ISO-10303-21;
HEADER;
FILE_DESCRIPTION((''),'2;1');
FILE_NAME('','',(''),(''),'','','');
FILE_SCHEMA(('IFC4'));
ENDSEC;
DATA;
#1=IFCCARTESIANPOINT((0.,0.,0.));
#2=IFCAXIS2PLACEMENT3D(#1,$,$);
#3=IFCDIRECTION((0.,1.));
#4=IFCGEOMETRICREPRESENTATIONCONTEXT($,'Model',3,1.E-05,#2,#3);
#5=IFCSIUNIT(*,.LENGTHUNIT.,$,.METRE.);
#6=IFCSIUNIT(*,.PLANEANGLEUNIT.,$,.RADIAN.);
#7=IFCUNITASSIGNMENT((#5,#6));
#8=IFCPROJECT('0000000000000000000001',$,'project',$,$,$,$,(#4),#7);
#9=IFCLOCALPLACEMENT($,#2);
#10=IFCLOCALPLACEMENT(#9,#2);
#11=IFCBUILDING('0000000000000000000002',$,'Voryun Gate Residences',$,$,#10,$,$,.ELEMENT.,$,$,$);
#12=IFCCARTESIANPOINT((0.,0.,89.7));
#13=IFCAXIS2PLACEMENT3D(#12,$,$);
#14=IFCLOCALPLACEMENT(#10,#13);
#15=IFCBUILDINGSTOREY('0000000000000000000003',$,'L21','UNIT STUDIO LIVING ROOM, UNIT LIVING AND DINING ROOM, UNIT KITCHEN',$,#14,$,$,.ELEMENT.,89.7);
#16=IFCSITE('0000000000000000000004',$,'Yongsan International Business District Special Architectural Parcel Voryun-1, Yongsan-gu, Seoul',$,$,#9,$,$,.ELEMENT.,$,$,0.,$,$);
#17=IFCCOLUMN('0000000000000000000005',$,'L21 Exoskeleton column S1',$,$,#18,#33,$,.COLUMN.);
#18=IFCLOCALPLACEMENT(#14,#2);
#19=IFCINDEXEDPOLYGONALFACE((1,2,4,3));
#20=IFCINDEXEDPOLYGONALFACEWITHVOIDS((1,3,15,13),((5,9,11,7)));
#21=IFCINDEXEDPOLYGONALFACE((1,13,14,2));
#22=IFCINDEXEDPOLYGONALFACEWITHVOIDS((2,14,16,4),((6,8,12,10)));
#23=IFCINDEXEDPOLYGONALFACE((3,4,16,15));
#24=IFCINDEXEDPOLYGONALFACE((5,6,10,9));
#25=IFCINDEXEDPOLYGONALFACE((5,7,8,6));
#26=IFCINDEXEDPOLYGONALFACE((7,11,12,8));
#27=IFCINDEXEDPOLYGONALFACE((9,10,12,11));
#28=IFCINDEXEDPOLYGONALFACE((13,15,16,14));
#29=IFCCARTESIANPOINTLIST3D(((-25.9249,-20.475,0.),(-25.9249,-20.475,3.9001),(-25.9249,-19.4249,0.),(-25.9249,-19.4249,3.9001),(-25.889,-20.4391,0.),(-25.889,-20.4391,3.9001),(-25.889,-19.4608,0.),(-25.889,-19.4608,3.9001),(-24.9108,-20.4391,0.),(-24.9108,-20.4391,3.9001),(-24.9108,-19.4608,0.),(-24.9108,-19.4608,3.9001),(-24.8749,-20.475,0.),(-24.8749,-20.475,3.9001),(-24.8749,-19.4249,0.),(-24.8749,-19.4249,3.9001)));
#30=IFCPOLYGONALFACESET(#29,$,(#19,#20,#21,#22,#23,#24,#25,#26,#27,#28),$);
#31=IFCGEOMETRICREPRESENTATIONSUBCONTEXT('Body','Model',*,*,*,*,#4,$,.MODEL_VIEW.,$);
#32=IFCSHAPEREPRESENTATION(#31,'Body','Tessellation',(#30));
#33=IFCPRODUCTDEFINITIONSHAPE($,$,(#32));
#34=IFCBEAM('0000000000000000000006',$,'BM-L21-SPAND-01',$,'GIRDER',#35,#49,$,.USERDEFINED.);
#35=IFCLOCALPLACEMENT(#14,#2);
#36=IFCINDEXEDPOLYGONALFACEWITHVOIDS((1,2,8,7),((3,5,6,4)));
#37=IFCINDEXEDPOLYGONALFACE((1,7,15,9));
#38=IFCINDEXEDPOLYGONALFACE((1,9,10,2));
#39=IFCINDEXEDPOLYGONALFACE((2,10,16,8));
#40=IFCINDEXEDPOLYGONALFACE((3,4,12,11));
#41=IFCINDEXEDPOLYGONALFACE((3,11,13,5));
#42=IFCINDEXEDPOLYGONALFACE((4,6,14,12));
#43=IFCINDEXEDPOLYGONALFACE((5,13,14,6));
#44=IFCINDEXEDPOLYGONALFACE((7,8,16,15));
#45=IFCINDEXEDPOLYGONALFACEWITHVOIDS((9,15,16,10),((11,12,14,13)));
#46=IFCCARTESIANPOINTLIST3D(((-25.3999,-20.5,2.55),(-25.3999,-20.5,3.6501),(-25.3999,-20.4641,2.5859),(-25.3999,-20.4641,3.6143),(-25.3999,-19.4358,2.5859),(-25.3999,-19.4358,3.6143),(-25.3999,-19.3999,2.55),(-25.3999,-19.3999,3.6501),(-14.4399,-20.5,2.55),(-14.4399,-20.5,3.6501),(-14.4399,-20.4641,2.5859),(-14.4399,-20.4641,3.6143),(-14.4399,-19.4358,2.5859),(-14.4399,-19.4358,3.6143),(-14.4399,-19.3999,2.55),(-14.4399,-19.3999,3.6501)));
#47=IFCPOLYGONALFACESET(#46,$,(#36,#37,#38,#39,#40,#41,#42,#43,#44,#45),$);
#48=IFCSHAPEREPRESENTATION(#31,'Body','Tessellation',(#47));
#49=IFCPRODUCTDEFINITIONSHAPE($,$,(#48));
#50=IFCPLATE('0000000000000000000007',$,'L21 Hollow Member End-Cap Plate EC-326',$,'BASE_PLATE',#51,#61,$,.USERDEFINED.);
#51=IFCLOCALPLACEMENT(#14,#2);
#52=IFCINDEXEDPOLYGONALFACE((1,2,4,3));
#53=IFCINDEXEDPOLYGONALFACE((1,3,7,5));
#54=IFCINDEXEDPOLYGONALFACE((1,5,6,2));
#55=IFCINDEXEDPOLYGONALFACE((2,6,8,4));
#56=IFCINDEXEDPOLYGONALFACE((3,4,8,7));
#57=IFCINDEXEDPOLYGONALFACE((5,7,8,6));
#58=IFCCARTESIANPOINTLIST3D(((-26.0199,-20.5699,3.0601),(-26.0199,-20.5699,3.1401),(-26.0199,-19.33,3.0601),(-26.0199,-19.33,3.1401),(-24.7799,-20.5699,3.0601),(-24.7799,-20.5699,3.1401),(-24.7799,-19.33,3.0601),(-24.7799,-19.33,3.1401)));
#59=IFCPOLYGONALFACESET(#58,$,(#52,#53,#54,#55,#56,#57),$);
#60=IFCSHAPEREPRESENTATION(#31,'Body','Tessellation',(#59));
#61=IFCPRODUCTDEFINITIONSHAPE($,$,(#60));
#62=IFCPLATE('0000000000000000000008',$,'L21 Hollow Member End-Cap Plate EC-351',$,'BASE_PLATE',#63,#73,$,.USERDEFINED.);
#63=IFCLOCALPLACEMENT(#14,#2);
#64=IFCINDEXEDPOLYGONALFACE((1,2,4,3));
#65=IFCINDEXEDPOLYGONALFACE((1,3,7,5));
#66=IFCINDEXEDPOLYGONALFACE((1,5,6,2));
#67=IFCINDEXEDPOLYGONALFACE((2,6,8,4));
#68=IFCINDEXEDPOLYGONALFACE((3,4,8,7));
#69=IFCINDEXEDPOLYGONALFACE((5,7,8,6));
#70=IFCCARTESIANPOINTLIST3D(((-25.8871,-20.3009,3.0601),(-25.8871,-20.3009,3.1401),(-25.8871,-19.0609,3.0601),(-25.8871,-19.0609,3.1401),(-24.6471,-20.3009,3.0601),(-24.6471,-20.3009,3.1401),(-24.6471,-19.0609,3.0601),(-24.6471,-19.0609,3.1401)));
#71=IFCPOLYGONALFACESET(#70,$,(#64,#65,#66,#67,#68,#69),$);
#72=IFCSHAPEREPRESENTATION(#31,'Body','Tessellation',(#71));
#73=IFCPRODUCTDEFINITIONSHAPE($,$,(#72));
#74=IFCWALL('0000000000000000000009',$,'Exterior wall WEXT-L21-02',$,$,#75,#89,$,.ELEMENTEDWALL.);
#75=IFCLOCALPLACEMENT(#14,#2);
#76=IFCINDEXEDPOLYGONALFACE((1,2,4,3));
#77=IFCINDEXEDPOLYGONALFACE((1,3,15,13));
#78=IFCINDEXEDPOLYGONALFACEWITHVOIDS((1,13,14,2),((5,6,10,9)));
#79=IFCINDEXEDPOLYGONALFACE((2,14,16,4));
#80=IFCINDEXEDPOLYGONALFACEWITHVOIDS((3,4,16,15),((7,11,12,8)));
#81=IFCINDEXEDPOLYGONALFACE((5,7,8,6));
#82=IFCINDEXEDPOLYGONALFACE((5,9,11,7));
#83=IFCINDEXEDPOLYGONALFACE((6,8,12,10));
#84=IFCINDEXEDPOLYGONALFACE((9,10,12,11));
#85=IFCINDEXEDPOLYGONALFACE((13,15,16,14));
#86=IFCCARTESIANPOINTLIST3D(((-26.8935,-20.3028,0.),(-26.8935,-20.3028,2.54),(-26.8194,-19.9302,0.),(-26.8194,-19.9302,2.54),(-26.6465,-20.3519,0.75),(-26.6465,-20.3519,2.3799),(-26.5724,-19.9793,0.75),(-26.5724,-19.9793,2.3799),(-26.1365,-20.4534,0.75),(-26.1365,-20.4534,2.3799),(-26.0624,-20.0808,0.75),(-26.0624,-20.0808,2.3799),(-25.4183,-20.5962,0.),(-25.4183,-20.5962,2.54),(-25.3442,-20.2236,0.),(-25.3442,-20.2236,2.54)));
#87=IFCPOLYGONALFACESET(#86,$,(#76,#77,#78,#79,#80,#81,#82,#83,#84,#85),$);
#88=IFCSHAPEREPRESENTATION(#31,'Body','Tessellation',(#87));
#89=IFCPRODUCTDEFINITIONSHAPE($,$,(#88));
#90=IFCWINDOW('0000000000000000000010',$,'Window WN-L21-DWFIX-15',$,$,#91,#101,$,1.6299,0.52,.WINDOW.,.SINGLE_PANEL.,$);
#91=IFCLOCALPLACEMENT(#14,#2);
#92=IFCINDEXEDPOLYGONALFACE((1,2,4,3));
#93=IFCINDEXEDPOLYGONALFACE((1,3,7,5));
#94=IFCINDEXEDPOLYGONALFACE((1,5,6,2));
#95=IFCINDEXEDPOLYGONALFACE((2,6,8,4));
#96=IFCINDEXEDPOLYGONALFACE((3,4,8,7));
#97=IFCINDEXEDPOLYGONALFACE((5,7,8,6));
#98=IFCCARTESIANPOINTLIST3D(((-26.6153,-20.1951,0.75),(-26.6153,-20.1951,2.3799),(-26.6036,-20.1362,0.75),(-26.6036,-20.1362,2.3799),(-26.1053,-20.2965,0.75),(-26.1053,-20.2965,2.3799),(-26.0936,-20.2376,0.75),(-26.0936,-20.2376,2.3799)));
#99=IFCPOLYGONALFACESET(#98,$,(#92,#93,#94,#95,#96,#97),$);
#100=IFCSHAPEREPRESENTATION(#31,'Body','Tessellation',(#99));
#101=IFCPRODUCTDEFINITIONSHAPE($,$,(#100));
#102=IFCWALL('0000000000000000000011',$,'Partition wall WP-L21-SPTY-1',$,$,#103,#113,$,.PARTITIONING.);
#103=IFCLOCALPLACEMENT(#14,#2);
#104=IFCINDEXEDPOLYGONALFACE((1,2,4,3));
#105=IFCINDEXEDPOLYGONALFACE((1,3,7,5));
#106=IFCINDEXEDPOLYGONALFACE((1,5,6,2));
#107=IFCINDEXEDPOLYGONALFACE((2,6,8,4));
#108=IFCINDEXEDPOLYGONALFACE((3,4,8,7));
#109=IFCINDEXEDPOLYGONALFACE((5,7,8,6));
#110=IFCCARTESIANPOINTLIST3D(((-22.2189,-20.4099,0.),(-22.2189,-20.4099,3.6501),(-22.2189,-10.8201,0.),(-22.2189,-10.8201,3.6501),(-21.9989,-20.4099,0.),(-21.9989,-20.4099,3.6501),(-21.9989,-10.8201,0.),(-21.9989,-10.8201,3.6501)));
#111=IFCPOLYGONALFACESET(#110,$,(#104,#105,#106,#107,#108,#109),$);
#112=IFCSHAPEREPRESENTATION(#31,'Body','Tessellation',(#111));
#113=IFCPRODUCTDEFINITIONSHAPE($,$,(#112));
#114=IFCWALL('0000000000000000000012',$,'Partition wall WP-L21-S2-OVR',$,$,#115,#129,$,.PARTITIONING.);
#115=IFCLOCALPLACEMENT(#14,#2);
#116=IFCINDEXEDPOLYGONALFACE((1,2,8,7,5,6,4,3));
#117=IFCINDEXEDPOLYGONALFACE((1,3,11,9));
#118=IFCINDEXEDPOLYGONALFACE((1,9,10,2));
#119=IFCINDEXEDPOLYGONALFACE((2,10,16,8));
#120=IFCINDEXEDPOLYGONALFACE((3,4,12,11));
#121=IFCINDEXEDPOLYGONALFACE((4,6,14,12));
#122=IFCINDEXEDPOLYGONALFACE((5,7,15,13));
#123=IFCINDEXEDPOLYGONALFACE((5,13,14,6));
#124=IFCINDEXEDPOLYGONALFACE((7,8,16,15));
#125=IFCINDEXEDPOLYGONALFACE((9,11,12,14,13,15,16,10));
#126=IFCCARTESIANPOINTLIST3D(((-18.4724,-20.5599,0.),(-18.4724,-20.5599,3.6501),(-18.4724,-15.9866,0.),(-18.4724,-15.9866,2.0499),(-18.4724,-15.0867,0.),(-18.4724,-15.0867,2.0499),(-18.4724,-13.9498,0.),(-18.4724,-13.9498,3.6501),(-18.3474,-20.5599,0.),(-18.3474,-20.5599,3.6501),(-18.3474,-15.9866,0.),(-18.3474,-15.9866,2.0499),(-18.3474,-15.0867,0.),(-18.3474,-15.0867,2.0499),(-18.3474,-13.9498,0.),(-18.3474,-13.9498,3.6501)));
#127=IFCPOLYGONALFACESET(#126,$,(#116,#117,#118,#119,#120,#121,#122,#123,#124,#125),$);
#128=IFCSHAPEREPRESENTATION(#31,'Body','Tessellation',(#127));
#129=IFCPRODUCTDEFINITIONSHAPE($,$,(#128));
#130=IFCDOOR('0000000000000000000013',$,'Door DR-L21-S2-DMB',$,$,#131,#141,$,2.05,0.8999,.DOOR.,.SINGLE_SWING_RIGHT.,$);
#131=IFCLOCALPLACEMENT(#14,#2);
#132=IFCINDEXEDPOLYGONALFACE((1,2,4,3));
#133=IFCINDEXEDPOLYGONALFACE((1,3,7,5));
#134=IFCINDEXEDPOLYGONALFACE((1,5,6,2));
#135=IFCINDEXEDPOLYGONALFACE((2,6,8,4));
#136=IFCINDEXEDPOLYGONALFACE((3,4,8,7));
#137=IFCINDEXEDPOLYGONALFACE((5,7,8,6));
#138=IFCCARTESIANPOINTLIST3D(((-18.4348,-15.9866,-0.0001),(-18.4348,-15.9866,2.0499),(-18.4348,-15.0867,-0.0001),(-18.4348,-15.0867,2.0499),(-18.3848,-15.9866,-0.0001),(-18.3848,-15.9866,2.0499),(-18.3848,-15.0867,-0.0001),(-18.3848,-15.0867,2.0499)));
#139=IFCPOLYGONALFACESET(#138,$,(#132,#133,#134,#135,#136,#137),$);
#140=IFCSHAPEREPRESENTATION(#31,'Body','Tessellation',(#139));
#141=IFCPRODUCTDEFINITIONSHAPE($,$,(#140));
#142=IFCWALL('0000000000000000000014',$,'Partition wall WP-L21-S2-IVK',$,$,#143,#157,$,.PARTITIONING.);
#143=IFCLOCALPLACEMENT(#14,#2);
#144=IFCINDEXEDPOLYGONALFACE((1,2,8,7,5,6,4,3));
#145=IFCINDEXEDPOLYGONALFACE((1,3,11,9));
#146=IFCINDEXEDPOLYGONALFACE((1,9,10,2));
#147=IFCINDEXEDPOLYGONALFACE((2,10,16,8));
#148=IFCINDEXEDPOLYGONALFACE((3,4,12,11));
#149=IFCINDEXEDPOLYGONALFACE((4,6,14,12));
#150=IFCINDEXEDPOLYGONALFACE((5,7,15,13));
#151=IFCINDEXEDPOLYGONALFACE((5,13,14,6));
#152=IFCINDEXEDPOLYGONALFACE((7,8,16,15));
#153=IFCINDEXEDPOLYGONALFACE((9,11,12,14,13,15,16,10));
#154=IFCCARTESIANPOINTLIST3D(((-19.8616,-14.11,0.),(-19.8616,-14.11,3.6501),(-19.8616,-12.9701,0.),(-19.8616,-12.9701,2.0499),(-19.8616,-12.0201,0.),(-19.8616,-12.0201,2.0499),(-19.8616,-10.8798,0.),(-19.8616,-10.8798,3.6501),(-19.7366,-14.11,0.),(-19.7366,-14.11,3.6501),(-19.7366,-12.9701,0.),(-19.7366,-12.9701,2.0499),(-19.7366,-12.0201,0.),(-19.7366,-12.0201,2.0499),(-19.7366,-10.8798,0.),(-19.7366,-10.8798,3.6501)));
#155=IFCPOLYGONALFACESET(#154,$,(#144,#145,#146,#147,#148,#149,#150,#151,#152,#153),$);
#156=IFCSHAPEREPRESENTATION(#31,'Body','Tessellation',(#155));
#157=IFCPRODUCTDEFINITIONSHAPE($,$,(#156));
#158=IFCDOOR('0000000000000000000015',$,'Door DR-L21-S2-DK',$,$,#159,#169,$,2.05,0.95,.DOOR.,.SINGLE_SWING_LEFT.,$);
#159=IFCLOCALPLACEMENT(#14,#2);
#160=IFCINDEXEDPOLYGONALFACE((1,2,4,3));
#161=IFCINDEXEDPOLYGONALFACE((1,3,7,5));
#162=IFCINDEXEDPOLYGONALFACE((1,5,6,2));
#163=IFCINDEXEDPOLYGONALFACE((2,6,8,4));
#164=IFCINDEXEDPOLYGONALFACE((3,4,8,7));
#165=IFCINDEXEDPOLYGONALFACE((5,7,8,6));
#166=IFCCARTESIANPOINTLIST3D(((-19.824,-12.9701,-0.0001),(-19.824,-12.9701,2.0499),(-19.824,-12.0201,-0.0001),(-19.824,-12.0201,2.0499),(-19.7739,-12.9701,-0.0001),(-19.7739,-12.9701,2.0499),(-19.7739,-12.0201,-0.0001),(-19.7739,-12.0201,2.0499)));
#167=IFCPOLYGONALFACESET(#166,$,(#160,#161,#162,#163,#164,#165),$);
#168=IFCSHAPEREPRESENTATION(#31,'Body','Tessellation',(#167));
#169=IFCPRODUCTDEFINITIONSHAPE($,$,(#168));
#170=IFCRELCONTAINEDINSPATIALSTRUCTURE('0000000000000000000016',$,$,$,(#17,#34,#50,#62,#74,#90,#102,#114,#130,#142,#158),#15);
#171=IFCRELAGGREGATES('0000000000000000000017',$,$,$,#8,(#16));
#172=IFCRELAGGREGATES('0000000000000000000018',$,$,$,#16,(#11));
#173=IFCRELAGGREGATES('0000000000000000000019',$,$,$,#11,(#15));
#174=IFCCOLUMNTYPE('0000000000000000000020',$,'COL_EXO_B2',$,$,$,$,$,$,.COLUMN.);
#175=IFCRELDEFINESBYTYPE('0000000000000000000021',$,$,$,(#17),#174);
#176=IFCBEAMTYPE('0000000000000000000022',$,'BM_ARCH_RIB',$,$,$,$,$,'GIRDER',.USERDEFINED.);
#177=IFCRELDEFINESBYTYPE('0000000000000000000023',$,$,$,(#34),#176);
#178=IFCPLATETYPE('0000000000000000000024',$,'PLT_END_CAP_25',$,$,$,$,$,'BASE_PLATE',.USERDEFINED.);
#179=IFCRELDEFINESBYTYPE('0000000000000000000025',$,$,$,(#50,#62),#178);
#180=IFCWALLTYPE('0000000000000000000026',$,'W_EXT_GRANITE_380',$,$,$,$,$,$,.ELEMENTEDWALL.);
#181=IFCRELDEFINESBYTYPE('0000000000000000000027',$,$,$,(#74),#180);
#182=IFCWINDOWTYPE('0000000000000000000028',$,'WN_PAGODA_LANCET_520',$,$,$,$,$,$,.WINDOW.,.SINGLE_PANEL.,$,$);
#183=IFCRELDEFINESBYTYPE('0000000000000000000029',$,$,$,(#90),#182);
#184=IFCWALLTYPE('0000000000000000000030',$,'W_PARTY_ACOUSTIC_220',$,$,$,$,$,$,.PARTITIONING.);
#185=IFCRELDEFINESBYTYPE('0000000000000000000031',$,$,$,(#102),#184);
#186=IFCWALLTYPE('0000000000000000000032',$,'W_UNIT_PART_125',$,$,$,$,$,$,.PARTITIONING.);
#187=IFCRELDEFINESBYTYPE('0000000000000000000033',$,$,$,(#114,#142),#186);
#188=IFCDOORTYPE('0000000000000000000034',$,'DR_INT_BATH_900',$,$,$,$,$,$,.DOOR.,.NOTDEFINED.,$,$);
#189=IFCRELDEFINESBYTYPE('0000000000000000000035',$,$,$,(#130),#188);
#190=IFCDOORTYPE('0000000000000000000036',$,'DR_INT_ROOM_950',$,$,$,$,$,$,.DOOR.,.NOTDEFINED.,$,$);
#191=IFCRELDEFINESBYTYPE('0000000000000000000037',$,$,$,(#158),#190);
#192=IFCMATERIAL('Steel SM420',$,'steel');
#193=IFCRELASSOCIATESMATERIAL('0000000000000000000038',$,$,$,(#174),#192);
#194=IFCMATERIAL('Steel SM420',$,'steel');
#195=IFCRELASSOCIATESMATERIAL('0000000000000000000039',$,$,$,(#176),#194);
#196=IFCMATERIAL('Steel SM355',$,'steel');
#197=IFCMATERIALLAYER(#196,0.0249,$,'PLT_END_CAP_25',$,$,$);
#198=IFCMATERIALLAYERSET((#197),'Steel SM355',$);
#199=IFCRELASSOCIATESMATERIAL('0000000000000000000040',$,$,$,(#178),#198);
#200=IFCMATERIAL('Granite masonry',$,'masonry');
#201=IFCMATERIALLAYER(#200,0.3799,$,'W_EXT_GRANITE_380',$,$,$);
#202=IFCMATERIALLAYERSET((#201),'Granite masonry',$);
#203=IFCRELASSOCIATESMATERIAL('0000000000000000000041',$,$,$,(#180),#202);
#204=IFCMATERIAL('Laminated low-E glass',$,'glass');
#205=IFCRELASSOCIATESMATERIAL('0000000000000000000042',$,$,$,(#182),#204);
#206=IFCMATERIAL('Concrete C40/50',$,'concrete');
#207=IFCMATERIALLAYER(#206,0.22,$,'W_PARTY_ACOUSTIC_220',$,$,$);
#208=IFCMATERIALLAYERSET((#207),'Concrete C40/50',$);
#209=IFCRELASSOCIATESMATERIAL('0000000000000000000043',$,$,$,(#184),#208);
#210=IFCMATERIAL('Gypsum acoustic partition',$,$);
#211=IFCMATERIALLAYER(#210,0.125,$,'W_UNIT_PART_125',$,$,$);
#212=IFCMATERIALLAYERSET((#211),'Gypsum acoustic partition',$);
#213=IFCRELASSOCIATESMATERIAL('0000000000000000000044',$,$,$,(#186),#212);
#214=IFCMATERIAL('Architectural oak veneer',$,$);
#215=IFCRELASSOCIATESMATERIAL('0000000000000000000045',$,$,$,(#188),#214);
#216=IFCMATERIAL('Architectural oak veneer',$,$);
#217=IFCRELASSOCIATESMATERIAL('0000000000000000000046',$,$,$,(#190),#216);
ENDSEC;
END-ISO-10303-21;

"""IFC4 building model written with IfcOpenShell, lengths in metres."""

from ifc_helpers import new_model, si_unit, direction, frame, frame_2d, origin, origin_2d, place, context, subcontext, project, spatial, rectangle, hollow_rectangle, extrude, material, layer, layer_set, material_profile, profile_set, type_object, element, fill, save


model = new_model("IFC4")

# Units and contexts
model_context = context("Model", 3, precision=1e-05, world=origin(), true_north=direction((0.0, 1.0)))
body_context = subcontext(model_context, "Body", "Model", "MODEL_VIEW")
ifc_project = project(units=[si_unit("LENGTHUNIT", "METRE"), si_unit("PLANEANGLEUNIT", "RADIAN")], contexts=[model_context])

# Site, building, storey
site_placement = place(None, origin())
site = spatial("IfcSite", under=ifc_project, at=site_placement, Name="Yongsan International Business District Special Architectural Parcel Voryun-1, Yongsan-gu, Seoul", CompositionType="ELEMENT", RefElevation=0.0)
building_placement = place(site_placement, origin())
building = spatial("IfcBuilding", under=site, at=building_placement, Name="Voryun Gate Residences", CompositionType="ELEMENT")
storey_placement = place(building_placement, frame((0.0, 0.0, 89.7)))
storey = spatial("IfcBuildingStorey", under=building, at=storey_placement, Name="L21", Description="UNIT STUDIO LIVING ROOM, UNIT LIVING AND DINING ROOM, UNIT KITCHEN", CompositionType="ELEMENT", Elevation=89.7)

# Column
ifc_material_1 = material(Name="Steel SM420", Category="steel")
ifc_material_profile_1 = material_profile(ifc_material_1, hollow_rectangle(XDim=1.05, YDim=1.05, WallThickness=0.0359, at=origin_2d()), Name="BOX-1050x1050x36")
ifc_profile_set_1 = profile_set([ifc_material_profile_1], Name="Steel SM420")
column_type = type_object("IfcColumnType", Name="COL_EXO_B2", PredefinedType="COLUMN", material=ifc_profile_set_1)
column_placement = place(storey_placement, frame((-25.3999, -19.95, 0.0), z_axis=(0.0, 0.0, 1.0), x_axis=(1.0, 0.0, 0.0)))
element("IfcColumn", 1, at=column_placement, inside=storey, type_object=column_type, Name="L21 Exoskeleton column S1", PredefinedType="COLUMN", context=body_context, shape_type="SweptSolid", body=[
    extrude(hollow_rectangle(XDim=1.05, YDim=1.05, WallThickness=0.0359, at=origin_2d()), origin(), (0.0, 0.0, 1.0), 3.9001),
])

# Beam
ifc_material_2 = material(Name="Steel SM420", Category="steel")
ifc_material_profile_2 = material_profile(ifc_material_2, hollow_rectangle(XDim=1.1001, YDim=1.1001, WallThickness=0.0359, at=origin_2d()), Name="BOX-1100x1100x36")
ifc_profile_set_2 = profile_set([ifc_material_profile_2], Name="Steel SM420")
beam_type = type_object("IfcBeamType", Name="BM_ARCH_RIB", ElementType="GIRDER", PredefinedType="USERDEFINED", material=ifc_profile_set_2)
beam_placement = place(storey_placement, frame((-25.3999, -19.95, 3.1001), z_axis=(1.0, 0.0, 0.0), x_axis=(0.0, 1.0, 0.0)))
element("IfcBeam", 2, at=beam_placement, inside=storey, type_object=beam_type, Name="BM-L21-SPAND-01", ObjectType="GIRDER", PredefinedType="USERDEFINED", context=body_context, shape_type="SweptSolid", body=[
    extrude(hollow_rectangle(XDim=1.1001, YDim=1.1001, WallThickness=0.0359, at=origin_2d()), origin(), (0.0, 0.0, 1.0), 10.96),
])

# Plates
ifc_material_3 = material(Name="Steel SM355", Category="steel")
ifc_layer_1 = layer(ifc_material_3, 0.0249, Name="PLT_END_CAP_25")
ifc_layer_set_1 = layer_set([ifc_layer_1], Name="Steel SM355")
plate_type = type_object("IfcPlateType", Name="PLT_END_CAP_25", ElementType="BASE_PLATE", PredefinedType="USERDEFINED", material=ifc_layer_set_1)
for number, where, z_axis, x_axis, name in (
    (3, (-25.3999, -19.95, 3.0601), (0.0, 0.0, 1.0), (1.0, 0.0, 0.0), "L21 Hollow Member End-Cap Plate EC-326"),
    (4, (-25.2671, -19.6809, 3.0601), (0.0, 0.0, 1.0), (1.0, 0.0, 0.0), "L21 Hollow Member End-Cap Plate EC-351"),
):
    element("IfcPlate", number, at=place(storey_placement, frame(where, z_axis=z_axis, x_axis=x_axis)), inside=storey, type_object=plate_type, Name=name, ObjectType="BASE_PLATE", PredefinedType="USERDEFINED", context=body_context, shape_type="SweptSolid", body=[
        extrude(rectangle(XDim=1.24, YDim=1.24, at=origin_2d()), origin(), (0.0, 0.0, 1.0), 0.0801),
    ])

# Wall, opening, window
ifc_material_4 = material(Name="Granite masonry", Category="masonry")
ifc_layer_2 = layer(ifc_material_4, 0.3799, Name="W_EXT_GRANITE_380")
ifc_layer_set_2 = layer_set([ifc_layer_2], Name="Granite masonry")
wall_type_1 = type_object("IfcWallType", Name="W_EXT_GRANITE_380", PredefinedType="ELEMENTEDWALL", material=ifc_layer_set_2)
wall_1_placement = place(storey_placement, frame((-25.3813, -20.4099, 0.0), z_axis=(0.0, 0.0, 1.0), x_axis=(-0.980786, 0.195086, 0.0)))
wall_1 = element("IfcWall", 5, at=wall_1_placement, inside=storey, type_object=wall_type_1, Name="Exterior wall WEXT-L21-02", PredefinedType="ELEMENTEDWALL", context=body_context, shape_type="SweptSolid", body=[
    extrude(rectangle(XDim=1.5042, YDim=0.3799, at=frame_2d((0.752, 0.0))), origin(), (0.0, 0.0, 1.0), 2.54),
])
opening_1_placement = place(wall_1_placement, frame((0.7322, 0.0, 0.75)))
opening_1 = element("IfcOpeningElement", 6, at=opening_1_placement, cuts=wall_1, PredefinedType="OPENING", context=body_context, shape_type="SweptSolid", body=[
    extrude(rectangle(XDim=0.52, YDim=1.6299, at=frame_2d((0.26, 0.8149))), frame((0.0, 0.2, 0.0), z_axis=(0.0, -1.0, 0.0), x_axis=(1.0, 0.0, 0.0)), (0.0, 0.0, 1.0), 0.3999),
])
ifc_material_5 = material(Name="Laminated low-E glass", Category="glass")
window_type = type_object("IfcWindowType", Name="WN_PAGODA_LANCET_520", PartitioningType="SINGLE_PANEL", PredefinedType="WINDOW", material=ifc_material_5)
window_placement = place(opening_1_placement, origin())
window = element("IfcWindow", 7, at=window_placement, inside=storey, type_object=window_type, Name="Window WN-L21-DWFIX-15", OverallHeight=1.6299, OverallWidth=0.52, PartitioningType="SINGLE_PANEL", PredefinedType="WINDOW", context=body_context, shape_type="SweptSolid", body=[
    extrude(rectangle(XDim=0.52, YDim=1.6299, at=frame_2d((0.26, 0.8149))), frame((0.0, 0.03, 0.0), z_axis=(0.0, -1.0, 0.0), x_axis=(1.0, 0.0, 0.0)), (0.0, 0.0, 1.0), 0.0601),
])
fill(opening_1, window)

# Wall
ifc_material_6 = material(Name="Concrete C40/50", Category="concrete")
ifc_layer_3 = layer(ifc_material_6, 0.22, Name="W_PARTY_ACOUSTIC_220")
ifc_layer_set_3 = layer_set([ifc_layer_3], Name="Concrete C40/50")
wall_type_2 = type_object("IfcWallType", Name="W_PARTY_ACOUSTIC_220", PredefinedType="PARTITIONING", material=ifc_layer_set_3)
wall_2_placement = place(storey_placement, frame((-22.1089, -20.4099, 0.0), z_axis=(0.0, 0.0, 1.0), x_axis=(0.0, 1.0, 0.0)))
element("IfcWall", 8, at=wall_2_placement, inside=storey, type_object=wall_type_2, Name="Partition wall WP-L21-SPTY-1", PredefinedType="PARTITIONING", context=body_context, shape_type="SweptSolid", body=[
    extrude(rectangle(XDim=9.5898, YDim=0.22, at=frame_2d((4.7949, 0.0))), origin(), (0.0, 0.0, 1.0), 3.6501),
])

# Walls, openings, doors
ifc_material_7 = material(Name="Gypsum acoustic partition")
ifc_layer_4 = layer(ifc_material_7, 0.125, Name="W_UNIT_PART_125")
ifc_layer_set_4 = layer_set([ifc_layer_4], Name="Gypsum acoustic partition")
wall_type_3 = type_object("IfcWallType", Name="W_UNIT_PART_125", PredefinedType="PARTITIONING", material=ifc_layer_set_4)
wall_3_placement = place(storey_placement, frame((-18.4099, -20.5601, 0.0), z_axis=(0.0, 0.0, 1.0), x_axis=(0.0, 1.0, 0.0)))
wall_3 = element("IfcWall", 9, at=wall_3_placement, inside=storey, type_object=wall_type_3, Name="Partition wall WP-L21-S2-OVR", PredefinedType="PARTITIONING", context=body_context, shape_type="SweptSolid", body=[
    extrude(rectangle(XDim=6.6101, YDim=0.125, at=frame_2d((3.3052, 0.0))), origin(), (0.0, 0.0, 1.0), 3.6501),
])
opening_2_placement = place(wall_3_placement, frame((4.5735, 0.0, 0.0)))
opening_2 = element("IfcOpeningElement", 10, at=opening_2_placement, cuts=wall_3, PredefinedType="OPENING", context=body_context, shape_type="SweptSolid", body=[
    extrude(rectangle(XDim=0.8999, YDim=2.05, at=frame_2d((0.45, 1.0249))), frame((0.0, 0.0725, 0.0), z_axis=(0.0, -1.0, 0.0), x_axis=(1.0, 0.0, 0.0)), (0.0, 0.0, 1.0), 0.145),
])
ifc_material_8 = material(Name="Architectural oak veneer")
door_type_1 = type_object("IfcDoorType", Name="DR_INT_BATH_900", OperationType="NOTDEFINED", PredefinedType="DOOR", material=ifc_material_8)
door_1_placement = place(opening_2_placement, origin())
door_1 = element("IfcDoor", 11, at=door_1_placement, inside=storey, type_object=door_type_1, Name="Door DR-L21-S2-DMB", OperationType="SINGLE_SWING_RIGHT", OverallHeight=2.05, OverallWidth=0.8999, PredefinedType="DOOR", context=body_context, shape_type="SweptSolid", body=[
    extrude(rectangle(XDim=0.8999, YDim=2.05, at=frame_2d((0.45, 1.0249))), frame((0.0, 0.0249, 0.0), z_axis=(0.0, -1.0, 0.0), x_axis=(1.0, 0.0, 0.0)), (0.0, 0.0, 1.0), 0.05),
])
fill(opening_2, door_1)
wall_4_placement = place(storey_placement, frame((-19.7991, -14.1101, 0.0), z_axis=(0.0, 0.0, 1.0), x_axis=(0.0, 1.0, 0.0)))
wall_4 = element("IfcWall", 12, at=wall_4_placement, inside=storey, type_object=wall_type_3, Name="Partition wall WP-L21-S2-IVK", PredefinedType="PARTITIONING", context=body_context, shape_type="SweptSolid", body=[
    extrude(rectangle(XDim=3.2302, YDim=0.125, at=frame_2d((1.6152, 0.0))), origin(), (0.0, 0.0, 1.0), 3.6501),
])
opening_3_placement = place(wall_4_placement, frame((1.1399, 0.0, 0.0)))
opening_3 = element("IfcOpeningElement", 13, at=opening_3_placement, cuts=wall_4, PredefinedType="OPENING", context=body_context, shape_type="SweptSolid", body=[
    extrude(rectangle(XDim=0.95, YDim=2.05, at=frame_2d((0.4751, 1.0249))), frame((0.0, 0.0725, 0.0), z_axis=(0.0, -1.0, 0.0), x_axis=(1.0, 0.0, 0.0)), (0.0, 0.0, 1.0), 0.145),
])
ifc_material_9 = material(Name="Architectural oak veneer")
door_type_2 = type_object("IfcDoorType", Name="DR_INT_ROOM_950", OperationType="NOTDEFINED", PredefinedType="DOOR", material=ifc_material_9)
door_2_placement = place(opening_3_placement, origin())
door_2 = element("IfcDoor", 14, at=door_2_placement, inside=storey, type_object=door_type_2, Name="Door DR-L21-S2-DK", OperationType="SINGLE_SWING_LEFT", OverallHeight=2.05, OverallWidth=0.95, PredefinedType="DOOR", context=body_context, shape_type="SweptSolid", body=[
    extrude(rectangle(XDim=0.95, YDim=2.05, at=frame_2d((0.4751, 1.0249))), frame((0.0, 0.0249, 0.0), z_axis=(0.0, -1.0, 0.0), x_axis=(1.0, 0.0, 0.0)), (0.0, 0.0, 1.0), 0.05),
])
fill(opening_3, door_2)

save(model, "model.ifc")
